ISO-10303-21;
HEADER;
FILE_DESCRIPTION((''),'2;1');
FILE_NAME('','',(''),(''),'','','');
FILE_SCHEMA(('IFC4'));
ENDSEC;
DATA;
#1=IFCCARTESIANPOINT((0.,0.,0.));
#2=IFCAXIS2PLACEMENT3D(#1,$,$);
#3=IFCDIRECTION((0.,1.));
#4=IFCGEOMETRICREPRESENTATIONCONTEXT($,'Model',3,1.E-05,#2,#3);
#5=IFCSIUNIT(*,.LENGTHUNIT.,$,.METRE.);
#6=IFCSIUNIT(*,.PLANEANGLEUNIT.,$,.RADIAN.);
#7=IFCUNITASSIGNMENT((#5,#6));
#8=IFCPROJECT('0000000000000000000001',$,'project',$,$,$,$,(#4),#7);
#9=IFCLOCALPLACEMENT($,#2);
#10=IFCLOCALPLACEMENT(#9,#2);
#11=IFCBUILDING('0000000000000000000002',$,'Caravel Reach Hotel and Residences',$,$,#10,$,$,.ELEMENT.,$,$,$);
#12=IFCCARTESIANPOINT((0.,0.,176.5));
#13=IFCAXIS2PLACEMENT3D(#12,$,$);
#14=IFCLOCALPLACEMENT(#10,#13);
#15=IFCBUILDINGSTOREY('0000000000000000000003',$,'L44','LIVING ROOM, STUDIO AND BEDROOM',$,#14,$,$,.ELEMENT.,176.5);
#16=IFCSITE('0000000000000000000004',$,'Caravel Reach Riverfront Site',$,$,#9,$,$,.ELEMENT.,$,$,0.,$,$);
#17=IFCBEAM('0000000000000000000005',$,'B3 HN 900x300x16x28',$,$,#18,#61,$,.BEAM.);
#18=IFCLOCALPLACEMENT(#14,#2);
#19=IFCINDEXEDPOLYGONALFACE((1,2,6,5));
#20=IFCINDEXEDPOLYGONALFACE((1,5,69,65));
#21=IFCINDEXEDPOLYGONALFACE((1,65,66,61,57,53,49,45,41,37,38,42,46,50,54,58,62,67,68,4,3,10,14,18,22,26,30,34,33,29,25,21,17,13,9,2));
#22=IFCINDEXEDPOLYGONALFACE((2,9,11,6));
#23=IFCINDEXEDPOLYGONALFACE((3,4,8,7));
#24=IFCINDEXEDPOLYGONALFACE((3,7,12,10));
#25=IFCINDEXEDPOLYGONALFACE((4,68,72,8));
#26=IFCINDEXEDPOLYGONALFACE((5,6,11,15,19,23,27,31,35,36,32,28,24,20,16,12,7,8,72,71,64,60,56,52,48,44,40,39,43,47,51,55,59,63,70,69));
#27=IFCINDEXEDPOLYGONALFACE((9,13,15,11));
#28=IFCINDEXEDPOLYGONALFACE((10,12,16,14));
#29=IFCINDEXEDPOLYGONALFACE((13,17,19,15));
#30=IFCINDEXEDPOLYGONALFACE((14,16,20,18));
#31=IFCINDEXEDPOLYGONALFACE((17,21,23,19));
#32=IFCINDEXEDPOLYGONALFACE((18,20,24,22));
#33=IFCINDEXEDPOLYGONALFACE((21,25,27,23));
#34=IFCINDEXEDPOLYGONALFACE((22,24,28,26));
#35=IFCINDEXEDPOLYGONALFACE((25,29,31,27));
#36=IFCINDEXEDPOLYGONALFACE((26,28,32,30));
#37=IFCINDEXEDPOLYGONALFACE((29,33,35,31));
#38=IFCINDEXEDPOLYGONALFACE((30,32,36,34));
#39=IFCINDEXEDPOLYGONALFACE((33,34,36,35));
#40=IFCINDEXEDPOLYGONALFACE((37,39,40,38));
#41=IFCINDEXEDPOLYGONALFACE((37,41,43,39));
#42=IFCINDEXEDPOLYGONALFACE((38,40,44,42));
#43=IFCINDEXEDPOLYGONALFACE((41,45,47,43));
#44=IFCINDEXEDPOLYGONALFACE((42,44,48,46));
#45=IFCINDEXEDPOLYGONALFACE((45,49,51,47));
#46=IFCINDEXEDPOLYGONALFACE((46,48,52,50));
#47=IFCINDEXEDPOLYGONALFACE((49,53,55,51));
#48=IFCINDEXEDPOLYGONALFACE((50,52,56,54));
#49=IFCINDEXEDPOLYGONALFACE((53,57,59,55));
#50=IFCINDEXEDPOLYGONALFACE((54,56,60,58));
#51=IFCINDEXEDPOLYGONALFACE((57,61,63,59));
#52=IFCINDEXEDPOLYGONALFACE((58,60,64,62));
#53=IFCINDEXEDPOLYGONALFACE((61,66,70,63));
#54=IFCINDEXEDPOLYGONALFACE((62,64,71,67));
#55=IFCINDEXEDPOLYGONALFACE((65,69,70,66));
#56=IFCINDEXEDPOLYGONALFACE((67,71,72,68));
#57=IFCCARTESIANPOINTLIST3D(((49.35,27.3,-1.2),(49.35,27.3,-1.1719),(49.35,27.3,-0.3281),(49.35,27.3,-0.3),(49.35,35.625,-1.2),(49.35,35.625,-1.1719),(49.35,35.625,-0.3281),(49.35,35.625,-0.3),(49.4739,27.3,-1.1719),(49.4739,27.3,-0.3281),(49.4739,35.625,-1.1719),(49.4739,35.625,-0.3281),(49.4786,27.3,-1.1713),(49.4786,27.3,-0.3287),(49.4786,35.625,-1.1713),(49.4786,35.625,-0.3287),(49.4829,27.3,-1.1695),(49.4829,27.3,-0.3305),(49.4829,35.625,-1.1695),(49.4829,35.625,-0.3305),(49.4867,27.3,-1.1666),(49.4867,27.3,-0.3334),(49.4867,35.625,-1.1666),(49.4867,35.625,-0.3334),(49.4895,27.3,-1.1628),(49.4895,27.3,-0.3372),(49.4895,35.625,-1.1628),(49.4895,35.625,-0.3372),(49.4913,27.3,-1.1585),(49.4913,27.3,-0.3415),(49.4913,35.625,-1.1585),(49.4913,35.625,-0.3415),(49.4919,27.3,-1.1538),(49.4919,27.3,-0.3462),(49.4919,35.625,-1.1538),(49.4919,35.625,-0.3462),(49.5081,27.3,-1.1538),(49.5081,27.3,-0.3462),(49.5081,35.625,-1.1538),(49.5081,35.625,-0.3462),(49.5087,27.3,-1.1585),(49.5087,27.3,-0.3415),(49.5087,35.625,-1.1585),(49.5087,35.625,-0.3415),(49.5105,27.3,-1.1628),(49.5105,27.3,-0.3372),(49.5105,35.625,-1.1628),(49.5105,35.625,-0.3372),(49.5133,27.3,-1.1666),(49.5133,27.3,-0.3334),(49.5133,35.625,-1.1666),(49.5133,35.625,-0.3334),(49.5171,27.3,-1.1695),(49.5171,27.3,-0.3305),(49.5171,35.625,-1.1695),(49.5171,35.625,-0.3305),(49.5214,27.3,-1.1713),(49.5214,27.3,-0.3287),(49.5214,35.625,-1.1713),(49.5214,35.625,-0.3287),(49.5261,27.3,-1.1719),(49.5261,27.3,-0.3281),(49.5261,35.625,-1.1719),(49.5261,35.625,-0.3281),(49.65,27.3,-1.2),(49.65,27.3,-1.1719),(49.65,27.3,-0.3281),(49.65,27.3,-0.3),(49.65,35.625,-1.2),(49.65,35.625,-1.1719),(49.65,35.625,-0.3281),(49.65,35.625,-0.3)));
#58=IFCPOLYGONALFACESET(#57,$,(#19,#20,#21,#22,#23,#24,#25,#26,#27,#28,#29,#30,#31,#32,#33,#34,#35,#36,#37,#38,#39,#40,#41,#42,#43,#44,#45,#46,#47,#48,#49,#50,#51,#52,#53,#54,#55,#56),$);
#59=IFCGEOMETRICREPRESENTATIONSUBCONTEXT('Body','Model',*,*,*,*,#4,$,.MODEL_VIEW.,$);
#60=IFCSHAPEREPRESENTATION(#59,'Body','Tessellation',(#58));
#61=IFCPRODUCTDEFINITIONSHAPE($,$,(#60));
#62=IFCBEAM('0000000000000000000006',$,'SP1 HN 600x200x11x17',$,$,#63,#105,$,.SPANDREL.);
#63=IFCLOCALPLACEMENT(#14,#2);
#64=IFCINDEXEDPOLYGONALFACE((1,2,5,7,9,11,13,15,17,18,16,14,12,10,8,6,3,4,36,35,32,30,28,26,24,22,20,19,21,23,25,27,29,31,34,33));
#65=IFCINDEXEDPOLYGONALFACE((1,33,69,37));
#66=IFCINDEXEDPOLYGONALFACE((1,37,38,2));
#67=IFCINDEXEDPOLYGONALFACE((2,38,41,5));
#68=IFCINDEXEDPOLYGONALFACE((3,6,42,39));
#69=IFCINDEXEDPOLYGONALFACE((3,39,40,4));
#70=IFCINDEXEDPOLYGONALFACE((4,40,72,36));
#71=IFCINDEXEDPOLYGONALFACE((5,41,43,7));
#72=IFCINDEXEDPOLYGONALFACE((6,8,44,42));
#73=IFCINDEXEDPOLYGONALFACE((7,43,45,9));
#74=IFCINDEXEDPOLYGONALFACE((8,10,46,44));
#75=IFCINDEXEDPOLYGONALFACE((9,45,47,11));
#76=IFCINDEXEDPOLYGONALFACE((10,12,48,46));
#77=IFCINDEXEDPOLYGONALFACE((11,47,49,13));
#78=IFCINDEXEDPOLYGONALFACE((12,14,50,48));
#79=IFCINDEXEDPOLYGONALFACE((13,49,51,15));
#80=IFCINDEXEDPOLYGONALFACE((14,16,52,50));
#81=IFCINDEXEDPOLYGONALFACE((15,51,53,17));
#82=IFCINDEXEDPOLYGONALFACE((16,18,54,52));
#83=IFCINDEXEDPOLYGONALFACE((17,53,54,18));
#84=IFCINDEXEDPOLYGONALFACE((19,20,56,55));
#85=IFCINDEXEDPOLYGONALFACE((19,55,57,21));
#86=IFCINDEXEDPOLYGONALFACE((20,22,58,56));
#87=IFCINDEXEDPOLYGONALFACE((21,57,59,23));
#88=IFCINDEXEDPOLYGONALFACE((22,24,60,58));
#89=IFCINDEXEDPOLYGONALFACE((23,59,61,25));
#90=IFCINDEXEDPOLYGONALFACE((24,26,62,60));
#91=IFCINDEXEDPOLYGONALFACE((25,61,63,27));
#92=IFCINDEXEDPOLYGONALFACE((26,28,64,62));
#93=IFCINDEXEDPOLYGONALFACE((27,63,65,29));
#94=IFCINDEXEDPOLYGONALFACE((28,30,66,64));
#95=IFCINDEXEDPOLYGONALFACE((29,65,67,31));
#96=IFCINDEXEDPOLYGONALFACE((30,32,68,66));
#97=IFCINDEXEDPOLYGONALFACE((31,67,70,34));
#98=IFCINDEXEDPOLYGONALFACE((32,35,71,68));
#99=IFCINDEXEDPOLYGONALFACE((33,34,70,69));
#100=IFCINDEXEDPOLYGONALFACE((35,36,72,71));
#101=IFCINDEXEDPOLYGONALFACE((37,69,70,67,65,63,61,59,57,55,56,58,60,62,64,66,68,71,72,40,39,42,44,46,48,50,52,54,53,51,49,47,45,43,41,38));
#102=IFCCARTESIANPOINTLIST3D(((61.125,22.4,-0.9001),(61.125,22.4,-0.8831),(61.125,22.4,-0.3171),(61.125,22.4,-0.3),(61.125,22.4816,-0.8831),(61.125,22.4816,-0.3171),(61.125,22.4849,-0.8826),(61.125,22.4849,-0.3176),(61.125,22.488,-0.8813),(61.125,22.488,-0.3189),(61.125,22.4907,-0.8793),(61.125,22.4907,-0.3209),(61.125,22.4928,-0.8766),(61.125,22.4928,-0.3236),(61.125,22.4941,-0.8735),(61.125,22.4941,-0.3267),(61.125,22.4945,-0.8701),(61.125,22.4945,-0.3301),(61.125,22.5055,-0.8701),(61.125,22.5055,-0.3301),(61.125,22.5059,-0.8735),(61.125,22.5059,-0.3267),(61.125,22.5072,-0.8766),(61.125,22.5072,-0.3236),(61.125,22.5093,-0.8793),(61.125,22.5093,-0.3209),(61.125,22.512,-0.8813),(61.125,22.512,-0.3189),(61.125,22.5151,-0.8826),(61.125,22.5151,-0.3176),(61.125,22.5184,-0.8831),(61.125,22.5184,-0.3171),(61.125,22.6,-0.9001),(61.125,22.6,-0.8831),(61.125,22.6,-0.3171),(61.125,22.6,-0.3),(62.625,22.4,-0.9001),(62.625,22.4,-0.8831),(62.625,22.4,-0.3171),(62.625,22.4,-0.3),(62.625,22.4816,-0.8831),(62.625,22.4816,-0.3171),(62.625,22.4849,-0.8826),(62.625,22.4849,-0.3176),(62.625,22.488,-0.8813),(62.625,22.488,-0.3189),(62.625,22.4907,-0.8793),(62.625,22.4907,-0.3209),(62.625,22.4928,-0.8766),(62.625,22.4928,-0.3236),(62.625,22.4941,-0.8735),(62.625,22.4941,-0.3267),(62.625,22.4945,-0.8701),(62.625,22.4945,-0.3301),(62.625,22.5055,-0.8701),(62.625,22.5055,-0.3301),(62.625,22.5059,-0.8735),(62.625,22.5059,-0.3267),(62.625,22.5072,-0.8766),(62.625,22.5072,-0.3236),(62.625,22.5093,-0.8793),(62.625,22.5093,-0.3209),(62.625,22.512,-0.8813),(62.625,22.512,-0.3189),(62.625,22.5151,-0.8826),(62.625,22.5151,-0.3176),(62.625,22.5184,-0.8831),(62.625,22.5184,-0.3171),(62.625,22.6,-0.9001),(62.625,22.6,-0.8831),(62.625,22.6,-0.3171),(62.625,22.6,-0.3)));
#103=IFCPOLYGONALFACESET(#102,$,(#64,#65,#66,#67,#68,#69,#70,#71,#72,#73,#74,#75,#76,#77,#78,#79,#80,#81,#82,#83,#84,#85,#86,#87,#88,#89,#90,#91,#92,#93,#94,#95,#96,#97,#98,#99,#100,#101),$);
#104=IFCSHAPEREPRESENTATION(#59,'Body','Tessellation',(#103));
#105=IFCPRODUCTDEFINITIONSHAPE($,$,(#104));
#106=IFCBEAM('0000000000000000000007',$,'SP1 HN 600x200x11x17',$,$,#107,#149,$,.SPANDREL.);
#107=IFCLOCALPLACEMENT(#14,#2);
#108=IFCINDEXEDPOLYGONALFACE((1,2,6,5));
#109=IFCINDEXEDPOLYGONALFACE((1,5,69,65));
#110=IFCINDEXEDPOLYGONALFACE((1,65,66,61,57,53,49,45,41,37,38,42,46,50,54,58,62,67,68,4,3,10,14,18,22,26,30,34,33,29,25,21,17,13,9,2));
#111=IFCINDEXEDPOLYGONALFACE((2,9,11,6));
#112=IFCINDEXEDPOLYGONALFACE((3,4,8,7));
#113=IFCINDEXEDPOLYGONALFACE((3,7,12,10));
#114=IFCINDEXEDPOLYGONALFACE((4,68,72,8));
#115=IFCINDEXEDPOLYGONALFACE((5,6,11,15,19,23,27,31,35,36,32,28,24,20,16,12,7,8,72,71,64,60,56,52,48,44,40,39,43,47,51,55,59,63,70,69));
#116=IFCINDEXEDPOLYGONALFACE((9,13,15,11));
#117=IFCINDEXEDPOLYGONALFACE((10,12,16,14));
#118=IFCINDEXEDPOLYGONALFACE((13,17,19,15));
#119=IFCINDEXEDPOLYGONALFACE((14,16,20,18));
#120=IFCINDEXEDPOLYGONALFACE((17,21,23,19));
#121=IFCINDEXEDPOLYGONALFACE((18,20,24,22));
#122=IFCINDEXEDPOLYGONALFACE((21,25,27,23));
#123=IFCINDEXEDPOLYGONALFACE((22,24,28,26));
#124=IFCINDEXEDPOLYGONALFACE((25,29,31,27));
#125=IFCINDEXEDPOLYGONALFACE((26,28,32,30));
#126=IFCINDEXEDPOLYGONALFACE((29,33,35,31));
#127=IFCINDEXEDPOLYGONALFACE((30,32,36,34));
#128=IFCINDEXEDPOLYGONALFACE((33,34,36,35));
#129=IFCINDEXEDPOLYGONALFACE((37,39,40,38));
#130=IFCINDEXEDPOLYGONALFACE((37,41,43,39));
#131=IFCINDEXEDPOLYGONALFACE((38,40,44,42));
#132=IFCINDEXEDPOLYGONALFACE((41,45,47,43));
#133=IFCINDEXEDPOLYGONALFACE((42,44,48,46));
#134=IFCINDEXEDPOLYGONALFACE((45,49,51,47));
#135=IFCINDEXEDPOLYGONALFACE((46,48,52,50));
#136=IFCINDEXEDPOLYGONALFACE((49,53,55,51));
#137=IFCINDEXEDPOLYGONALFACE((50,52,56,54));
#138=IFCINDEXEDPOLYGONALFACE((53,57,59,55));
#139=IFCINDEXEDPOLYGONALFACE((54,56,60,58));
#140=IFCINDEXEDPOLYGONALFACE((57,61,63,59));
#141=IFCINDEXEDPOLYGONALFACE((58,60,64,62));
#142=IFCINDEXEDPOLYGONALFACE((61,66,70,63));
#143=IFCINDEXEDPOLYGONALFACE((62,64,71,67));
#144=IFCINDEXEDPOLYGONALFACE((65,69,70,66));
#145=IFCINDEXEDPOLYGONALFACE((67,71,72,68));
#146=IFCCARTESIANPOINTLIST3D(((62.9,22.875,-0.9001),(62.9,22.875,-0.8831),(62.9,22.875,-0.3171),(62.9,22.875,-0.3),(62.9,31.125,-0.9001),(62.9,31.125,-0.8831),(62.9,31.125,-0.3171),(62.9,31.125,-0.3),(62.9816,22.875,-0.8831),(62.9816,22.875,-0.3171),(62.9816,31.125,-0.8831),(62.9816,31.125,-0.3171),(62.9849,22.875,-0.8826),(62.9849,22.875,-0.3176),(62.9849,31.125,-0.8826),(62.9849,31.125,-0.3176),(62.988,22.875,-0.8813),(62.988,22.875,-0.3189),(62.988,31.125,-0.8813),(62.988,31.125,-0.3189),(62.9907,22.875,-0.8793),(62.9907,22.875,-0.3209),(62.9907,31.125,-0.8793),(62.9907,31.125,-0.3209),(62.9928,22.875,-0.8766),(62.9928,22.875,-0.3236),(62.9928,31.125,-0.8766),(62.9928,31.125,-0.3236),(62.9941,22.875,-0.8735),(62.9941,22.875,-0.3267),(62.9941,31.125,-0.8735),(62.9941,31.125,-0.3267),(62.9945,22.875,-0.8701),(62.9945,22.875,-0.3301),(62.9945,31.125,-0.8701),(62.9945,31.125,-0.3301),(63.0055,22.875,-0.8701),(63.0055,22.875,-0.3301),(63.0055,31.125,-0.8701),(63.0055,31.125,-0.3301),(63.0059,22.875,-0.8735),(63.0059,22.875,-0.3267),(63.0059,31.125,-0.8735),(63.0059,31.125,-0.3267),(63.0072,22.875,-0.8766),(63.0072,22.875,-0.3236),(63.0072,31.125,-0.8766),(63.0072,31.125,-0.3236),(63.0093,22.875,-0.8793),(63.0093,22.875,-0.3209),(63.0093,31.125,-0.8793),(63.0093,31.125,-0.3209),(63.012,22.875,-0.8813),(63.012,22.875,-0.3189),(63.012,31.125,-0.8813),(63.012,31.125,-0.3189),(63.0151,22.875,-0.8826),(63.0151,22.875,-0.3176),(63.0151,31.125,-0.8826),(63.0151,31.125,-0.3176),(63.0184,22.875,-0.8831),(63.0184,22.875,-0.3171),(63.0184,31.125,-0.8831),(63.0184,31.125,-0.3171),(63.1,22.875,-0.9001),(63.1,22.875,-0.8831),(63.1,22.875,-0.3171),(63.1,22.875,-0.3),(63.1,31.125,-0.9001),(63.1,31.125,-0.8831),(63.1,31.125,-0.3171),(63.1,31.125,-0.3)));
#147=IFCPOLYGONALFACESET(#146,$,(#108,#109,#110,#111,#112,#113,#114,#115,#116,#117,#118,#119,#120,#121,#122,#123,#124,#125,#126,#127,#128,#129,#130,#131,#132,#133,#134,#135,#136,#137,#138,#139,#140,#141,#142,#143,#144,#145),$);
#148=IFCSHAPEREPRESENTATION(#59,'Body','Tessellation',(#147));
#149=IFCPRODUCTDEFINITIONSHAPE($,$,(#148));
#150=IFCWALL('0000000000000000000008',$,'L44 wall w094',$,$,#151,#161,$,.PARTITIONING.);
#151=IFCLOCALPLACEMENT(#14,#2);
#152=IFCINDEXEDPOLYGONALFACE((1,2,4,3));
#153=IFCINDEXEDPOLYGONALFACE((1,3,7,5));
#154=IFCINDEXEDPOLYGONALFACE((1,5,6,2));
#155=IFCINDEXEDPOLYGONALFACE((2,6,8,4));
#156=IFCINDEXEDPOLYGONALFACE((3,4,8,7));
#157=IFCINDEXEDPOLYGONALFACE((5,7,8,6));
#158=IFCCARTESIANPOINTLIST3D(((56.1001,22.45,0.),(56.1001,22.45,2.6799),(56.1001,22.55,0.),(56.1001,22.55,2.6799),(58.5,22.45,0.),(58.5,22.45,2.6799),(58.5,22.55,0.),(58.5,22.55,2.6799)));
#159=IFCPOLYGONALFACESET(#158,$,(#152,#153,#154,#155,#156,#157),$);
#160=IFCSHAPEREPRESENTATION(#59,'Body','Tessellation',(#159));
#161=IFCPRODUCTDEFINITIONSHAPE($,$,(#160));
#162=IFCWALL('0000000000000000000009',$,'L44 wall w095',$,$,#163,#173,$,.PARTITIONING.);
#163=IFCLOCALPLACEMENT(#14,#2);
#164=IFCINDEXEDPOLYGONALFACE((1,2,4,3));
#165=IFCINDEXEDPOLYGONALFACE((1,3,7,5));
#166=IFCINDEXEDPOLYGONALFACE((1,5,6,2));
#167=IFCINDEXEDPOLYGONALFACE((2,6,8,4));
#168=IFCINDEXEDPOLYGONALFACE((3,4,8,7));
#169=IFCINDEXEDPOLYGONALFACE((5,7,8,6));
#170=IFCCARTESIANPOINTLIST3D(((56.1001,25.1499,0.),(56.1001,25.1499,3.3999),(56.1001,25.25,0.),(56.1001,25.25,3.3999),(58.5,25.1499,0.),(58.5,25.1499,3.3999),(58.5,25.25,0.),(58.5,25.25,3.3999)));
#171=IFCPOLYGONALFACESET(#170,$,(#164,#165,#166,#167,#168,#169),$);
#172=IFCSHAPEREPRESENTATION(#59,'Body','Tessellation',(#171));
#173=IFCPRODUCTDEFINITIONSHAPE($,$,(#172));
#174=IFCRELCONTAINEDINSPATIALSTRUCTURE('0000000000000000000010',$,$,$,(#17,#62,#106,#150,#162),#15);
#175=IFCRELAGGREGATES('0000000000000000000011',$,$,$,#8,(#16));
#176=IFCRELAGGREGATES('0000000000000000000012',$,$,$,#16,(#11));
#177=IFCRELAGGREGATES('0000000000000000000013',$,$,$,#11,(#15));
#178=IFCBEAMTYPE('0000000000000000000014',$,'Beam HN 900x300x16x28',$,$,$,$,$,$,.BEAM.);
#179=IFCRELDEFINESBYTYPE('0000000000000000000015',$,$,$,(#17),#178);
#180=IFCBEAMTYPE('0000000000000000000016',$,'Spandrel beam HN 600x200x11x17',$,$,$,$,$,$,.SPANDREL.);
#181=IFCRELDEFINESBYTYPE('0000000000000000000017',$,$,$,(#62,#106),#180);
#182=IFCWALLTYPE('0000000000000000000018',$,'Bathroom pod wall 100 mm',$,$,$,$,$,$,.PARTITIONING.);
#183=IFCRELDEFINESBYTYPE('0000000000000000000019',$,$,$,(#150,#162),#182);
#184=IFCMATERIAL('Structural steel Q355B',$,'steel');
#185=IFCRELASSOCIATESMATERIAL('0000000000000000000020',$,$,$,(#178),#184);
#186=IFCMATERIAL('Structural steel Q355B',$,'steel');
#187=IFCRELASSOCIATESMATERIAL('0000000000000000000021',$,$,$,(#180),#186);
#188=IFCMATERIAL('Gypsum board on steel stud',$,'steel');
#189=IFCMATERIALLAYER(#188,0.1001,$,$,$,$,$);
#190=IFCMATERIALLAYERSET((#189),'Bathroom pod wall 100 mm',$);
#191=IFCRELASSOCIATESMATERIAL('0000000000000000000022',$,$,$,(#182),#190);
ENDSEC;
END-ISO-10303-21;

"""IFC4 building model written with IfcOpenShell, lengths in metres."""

from ifc_helpers import new_model, si_unit, direction, frame, frame_2d, origin, origin_2d, place, context, subcontext, project, spatial, rectangle, i_section, extrude, material, layer, layer_set, material_profile, profile_set, type_object, element, save


model = new_model("IFC4")

# Units and contexts
model_context = context("Model", 3, precision=1e-05, world=origin(), true_north=direction((0.0, 1.0)))
body_context = subcontext(model_context, "Body", "Model", "MODEL_VIEW")
ifc_project = project(units=[si_unit("LENGTHUNIT", "METRE"), si_unit("PLANEANGLEUNIT", "RADIAN")], contexts=[model_context])

# Site, building, storey
site_placement = place(None, origin())
site = spatial("IfcSite", under=ifc_project, at=site_placement, Name="Caravel Reach Riverfront Site", CompositionType="ELEMENT", RefElevation=0.0)
building_placement = place(site_placement, origin())
building = spatial("IfcBuilding", under=site, at=building_placement, Name="Caravel Reach Hotel and Residences", CompositionType="ELEMENT")
storey_placement = place(building_placement, frame((0.0, 0.0, 176.5)))
storey = spatial("IfcBuildingStorey", under=building, at=storey_placement, Name="L44", Description="LIVING ROOM, STUDIO AND BEDROOM", CompositionType="ELEMENT", Elevation=176.5)

# Beams
ifc_material_1 = material(Name="Structural steel Q355B", Category="steel")
ifc_material_profile_1 = material_profile(ifc_material_1, i_section(OverallWidth=0.3, OverallDepth=0.8999, WebThickness=0.0161, FlangeThickness=0.0281, FilletRadius=0.0181, at=origin_2d()), Name="HN 900x300x16x28")
ifc_profile_set_1 = profile_set([ifc_material_profile_1], Name="Structural steel Q355B")
beam_type_1 = type_object("IfcBeamType", Name="Beam HN 900x300x16x28", PredefinedType="BEAM", material=ifc_profile_set_1)
beam_1_placement = place(storey_placement, frame((49.5, 27.3, -0.75), z_axis=(0.0, 1.0, 0.0), x_axis=(-1.0, 0.0, 0.0)))
element("IfcBeam", 1, at=beam_1_placement, inside=storey, type_object=beam_type_1, Name="B3 HN 900x300x16x28", PredefinedType="BEAM", context=body_context, shape_type="SweptSolid", body=[
    extrude(i_section(OverallWidth=0.3, OverallDepth=0.8999, WebThickness=0.0161, FlangeThickness=0.0281, FilletRadius=0.0181, at=origin_2d()), origin(), (0.0, 0.0, 1.0), 8.325),
])
ifc_material_2 = material(Name="Structural steel Q355B", Category="steel")
ifc_material_profile_2 = material_profile(ifc_material_2, i_section(OverallWidth=0.2, OverallDepth=0.6001, WebThickness=0.011, FlangeThickness=0.0171, FilletRadius=0.0129, at=origin_2d()), Name="HN 600x200x11x17")
ifc_profile_set_2 = profile_set([ifc_material_profile_2], Name="Structural steel Q355B")
beam_type_2 = type_object("IfcBeamType", Name="Spandrel beam HN 600x200x11x17", PredefinedType="SPANDREL", material=ifc_profile_set_2)
beam_2_placement = place(storey_placement, frame((61.125, 22.5, -0.6001), z_axis=(1.0, 0.0, 0.0), x_axis=(0.0, 1.0, 0.0)))
element("IfcBeam", 2, at=beam_2_placement, inside=storey, type_object=beam_type_2, Name="SP1 HN 600x200x11x17", PredefinedType="SPANDREL", context=body_context, shape_type="SweptSolid", body=[
    extrude(i_section(OverallWidth=0.2, OverallDepth=0.6001, WebThickness=0.011, FlangeThickness=0.0171, FilletRadius=0.0129, at=origin_2d()), origin(), (0.0, 0.0, 1.0), 1.5),
])
beam_3_placement = place(storey_placement, frame((63.0, 22.875, -0.6001), z_axis=(0.0, 1.0, 0.0), x_axis=(-1.0, 0.0, 0.0)))
element("IfcBeam", 3, at=beam_3_placement, inside=storey, type_object=beam_type_2, Name="SP1 HN 600x200x11x17", PredefinedType="SPANDREL", context=body_context, shape_type="SweptSolid", body=[
    extrude(i_section(OverallWidth=0.2, OverallDepth=0.6001, WebThickness=0.011, FlangeThickness=0.0171, FilletRadius=0.0129, at=origin_2d()), origin(), (0.0, 0.0, 1.0), 8.25),
])

# Walls
ifc_material_3 = material(Name="Gypsum board on steel stud", Category="steel")
ifc_layer_1 = layer(ifc_material_3, 0.1001)
ifc_layer_set_1 = layer_set([ifc_layer_1], Name="Bathroom pod wall 100 mm")
wall_type_1 = type_object("IfcWallType", Name="Bathroom pod wall 100 mm", PredefinedType="PARTITIONING", material=ifc_layer_set_1)
wall_1_placement = place(storey_placement, frame((56.1001, 22.5, 0.0), z_axis=(0.0, 0.0, 1.0), x_axis=(1.0, 0.0, 0.0)))
element("IfcWall", 4, at=wall_1_placement, inside=storey, type_object=wall_type_1, Name="L44 wall w094", PredefinedType="PARTITIONING", context=body_context, shape_type="SweptSolid", body=[
    extrude(rectangle(XDim=2.3999, YDim=0.1001, at=frame_2d((1.2, 0.0))), origin(), (0.0, 0.0, 1.0), 2.6799),
])
wall_2_placement = place(storey_placement, frame((56.1001, 25.2, 0.0), z_axis=(0.0, 0.0, 1.0), x_axis=(1.0, 0.0, 0.0)))
element("IfcWall", 5, at=wall_2_placement, inside=storey, type_object=wall_type_1, Name="L44 wall w095", PredefinedType="PARTITIONING", context=body_context, shape_type="SweptSolid", body=[
    extrude(rectangle(XDim=2.3999, YDim=0.1001, at=frame_2d((1.2, 0.0))), origin(), (0.0, 0.0, 1.0), 3.3999),
])

save(model, "model.ifc")
